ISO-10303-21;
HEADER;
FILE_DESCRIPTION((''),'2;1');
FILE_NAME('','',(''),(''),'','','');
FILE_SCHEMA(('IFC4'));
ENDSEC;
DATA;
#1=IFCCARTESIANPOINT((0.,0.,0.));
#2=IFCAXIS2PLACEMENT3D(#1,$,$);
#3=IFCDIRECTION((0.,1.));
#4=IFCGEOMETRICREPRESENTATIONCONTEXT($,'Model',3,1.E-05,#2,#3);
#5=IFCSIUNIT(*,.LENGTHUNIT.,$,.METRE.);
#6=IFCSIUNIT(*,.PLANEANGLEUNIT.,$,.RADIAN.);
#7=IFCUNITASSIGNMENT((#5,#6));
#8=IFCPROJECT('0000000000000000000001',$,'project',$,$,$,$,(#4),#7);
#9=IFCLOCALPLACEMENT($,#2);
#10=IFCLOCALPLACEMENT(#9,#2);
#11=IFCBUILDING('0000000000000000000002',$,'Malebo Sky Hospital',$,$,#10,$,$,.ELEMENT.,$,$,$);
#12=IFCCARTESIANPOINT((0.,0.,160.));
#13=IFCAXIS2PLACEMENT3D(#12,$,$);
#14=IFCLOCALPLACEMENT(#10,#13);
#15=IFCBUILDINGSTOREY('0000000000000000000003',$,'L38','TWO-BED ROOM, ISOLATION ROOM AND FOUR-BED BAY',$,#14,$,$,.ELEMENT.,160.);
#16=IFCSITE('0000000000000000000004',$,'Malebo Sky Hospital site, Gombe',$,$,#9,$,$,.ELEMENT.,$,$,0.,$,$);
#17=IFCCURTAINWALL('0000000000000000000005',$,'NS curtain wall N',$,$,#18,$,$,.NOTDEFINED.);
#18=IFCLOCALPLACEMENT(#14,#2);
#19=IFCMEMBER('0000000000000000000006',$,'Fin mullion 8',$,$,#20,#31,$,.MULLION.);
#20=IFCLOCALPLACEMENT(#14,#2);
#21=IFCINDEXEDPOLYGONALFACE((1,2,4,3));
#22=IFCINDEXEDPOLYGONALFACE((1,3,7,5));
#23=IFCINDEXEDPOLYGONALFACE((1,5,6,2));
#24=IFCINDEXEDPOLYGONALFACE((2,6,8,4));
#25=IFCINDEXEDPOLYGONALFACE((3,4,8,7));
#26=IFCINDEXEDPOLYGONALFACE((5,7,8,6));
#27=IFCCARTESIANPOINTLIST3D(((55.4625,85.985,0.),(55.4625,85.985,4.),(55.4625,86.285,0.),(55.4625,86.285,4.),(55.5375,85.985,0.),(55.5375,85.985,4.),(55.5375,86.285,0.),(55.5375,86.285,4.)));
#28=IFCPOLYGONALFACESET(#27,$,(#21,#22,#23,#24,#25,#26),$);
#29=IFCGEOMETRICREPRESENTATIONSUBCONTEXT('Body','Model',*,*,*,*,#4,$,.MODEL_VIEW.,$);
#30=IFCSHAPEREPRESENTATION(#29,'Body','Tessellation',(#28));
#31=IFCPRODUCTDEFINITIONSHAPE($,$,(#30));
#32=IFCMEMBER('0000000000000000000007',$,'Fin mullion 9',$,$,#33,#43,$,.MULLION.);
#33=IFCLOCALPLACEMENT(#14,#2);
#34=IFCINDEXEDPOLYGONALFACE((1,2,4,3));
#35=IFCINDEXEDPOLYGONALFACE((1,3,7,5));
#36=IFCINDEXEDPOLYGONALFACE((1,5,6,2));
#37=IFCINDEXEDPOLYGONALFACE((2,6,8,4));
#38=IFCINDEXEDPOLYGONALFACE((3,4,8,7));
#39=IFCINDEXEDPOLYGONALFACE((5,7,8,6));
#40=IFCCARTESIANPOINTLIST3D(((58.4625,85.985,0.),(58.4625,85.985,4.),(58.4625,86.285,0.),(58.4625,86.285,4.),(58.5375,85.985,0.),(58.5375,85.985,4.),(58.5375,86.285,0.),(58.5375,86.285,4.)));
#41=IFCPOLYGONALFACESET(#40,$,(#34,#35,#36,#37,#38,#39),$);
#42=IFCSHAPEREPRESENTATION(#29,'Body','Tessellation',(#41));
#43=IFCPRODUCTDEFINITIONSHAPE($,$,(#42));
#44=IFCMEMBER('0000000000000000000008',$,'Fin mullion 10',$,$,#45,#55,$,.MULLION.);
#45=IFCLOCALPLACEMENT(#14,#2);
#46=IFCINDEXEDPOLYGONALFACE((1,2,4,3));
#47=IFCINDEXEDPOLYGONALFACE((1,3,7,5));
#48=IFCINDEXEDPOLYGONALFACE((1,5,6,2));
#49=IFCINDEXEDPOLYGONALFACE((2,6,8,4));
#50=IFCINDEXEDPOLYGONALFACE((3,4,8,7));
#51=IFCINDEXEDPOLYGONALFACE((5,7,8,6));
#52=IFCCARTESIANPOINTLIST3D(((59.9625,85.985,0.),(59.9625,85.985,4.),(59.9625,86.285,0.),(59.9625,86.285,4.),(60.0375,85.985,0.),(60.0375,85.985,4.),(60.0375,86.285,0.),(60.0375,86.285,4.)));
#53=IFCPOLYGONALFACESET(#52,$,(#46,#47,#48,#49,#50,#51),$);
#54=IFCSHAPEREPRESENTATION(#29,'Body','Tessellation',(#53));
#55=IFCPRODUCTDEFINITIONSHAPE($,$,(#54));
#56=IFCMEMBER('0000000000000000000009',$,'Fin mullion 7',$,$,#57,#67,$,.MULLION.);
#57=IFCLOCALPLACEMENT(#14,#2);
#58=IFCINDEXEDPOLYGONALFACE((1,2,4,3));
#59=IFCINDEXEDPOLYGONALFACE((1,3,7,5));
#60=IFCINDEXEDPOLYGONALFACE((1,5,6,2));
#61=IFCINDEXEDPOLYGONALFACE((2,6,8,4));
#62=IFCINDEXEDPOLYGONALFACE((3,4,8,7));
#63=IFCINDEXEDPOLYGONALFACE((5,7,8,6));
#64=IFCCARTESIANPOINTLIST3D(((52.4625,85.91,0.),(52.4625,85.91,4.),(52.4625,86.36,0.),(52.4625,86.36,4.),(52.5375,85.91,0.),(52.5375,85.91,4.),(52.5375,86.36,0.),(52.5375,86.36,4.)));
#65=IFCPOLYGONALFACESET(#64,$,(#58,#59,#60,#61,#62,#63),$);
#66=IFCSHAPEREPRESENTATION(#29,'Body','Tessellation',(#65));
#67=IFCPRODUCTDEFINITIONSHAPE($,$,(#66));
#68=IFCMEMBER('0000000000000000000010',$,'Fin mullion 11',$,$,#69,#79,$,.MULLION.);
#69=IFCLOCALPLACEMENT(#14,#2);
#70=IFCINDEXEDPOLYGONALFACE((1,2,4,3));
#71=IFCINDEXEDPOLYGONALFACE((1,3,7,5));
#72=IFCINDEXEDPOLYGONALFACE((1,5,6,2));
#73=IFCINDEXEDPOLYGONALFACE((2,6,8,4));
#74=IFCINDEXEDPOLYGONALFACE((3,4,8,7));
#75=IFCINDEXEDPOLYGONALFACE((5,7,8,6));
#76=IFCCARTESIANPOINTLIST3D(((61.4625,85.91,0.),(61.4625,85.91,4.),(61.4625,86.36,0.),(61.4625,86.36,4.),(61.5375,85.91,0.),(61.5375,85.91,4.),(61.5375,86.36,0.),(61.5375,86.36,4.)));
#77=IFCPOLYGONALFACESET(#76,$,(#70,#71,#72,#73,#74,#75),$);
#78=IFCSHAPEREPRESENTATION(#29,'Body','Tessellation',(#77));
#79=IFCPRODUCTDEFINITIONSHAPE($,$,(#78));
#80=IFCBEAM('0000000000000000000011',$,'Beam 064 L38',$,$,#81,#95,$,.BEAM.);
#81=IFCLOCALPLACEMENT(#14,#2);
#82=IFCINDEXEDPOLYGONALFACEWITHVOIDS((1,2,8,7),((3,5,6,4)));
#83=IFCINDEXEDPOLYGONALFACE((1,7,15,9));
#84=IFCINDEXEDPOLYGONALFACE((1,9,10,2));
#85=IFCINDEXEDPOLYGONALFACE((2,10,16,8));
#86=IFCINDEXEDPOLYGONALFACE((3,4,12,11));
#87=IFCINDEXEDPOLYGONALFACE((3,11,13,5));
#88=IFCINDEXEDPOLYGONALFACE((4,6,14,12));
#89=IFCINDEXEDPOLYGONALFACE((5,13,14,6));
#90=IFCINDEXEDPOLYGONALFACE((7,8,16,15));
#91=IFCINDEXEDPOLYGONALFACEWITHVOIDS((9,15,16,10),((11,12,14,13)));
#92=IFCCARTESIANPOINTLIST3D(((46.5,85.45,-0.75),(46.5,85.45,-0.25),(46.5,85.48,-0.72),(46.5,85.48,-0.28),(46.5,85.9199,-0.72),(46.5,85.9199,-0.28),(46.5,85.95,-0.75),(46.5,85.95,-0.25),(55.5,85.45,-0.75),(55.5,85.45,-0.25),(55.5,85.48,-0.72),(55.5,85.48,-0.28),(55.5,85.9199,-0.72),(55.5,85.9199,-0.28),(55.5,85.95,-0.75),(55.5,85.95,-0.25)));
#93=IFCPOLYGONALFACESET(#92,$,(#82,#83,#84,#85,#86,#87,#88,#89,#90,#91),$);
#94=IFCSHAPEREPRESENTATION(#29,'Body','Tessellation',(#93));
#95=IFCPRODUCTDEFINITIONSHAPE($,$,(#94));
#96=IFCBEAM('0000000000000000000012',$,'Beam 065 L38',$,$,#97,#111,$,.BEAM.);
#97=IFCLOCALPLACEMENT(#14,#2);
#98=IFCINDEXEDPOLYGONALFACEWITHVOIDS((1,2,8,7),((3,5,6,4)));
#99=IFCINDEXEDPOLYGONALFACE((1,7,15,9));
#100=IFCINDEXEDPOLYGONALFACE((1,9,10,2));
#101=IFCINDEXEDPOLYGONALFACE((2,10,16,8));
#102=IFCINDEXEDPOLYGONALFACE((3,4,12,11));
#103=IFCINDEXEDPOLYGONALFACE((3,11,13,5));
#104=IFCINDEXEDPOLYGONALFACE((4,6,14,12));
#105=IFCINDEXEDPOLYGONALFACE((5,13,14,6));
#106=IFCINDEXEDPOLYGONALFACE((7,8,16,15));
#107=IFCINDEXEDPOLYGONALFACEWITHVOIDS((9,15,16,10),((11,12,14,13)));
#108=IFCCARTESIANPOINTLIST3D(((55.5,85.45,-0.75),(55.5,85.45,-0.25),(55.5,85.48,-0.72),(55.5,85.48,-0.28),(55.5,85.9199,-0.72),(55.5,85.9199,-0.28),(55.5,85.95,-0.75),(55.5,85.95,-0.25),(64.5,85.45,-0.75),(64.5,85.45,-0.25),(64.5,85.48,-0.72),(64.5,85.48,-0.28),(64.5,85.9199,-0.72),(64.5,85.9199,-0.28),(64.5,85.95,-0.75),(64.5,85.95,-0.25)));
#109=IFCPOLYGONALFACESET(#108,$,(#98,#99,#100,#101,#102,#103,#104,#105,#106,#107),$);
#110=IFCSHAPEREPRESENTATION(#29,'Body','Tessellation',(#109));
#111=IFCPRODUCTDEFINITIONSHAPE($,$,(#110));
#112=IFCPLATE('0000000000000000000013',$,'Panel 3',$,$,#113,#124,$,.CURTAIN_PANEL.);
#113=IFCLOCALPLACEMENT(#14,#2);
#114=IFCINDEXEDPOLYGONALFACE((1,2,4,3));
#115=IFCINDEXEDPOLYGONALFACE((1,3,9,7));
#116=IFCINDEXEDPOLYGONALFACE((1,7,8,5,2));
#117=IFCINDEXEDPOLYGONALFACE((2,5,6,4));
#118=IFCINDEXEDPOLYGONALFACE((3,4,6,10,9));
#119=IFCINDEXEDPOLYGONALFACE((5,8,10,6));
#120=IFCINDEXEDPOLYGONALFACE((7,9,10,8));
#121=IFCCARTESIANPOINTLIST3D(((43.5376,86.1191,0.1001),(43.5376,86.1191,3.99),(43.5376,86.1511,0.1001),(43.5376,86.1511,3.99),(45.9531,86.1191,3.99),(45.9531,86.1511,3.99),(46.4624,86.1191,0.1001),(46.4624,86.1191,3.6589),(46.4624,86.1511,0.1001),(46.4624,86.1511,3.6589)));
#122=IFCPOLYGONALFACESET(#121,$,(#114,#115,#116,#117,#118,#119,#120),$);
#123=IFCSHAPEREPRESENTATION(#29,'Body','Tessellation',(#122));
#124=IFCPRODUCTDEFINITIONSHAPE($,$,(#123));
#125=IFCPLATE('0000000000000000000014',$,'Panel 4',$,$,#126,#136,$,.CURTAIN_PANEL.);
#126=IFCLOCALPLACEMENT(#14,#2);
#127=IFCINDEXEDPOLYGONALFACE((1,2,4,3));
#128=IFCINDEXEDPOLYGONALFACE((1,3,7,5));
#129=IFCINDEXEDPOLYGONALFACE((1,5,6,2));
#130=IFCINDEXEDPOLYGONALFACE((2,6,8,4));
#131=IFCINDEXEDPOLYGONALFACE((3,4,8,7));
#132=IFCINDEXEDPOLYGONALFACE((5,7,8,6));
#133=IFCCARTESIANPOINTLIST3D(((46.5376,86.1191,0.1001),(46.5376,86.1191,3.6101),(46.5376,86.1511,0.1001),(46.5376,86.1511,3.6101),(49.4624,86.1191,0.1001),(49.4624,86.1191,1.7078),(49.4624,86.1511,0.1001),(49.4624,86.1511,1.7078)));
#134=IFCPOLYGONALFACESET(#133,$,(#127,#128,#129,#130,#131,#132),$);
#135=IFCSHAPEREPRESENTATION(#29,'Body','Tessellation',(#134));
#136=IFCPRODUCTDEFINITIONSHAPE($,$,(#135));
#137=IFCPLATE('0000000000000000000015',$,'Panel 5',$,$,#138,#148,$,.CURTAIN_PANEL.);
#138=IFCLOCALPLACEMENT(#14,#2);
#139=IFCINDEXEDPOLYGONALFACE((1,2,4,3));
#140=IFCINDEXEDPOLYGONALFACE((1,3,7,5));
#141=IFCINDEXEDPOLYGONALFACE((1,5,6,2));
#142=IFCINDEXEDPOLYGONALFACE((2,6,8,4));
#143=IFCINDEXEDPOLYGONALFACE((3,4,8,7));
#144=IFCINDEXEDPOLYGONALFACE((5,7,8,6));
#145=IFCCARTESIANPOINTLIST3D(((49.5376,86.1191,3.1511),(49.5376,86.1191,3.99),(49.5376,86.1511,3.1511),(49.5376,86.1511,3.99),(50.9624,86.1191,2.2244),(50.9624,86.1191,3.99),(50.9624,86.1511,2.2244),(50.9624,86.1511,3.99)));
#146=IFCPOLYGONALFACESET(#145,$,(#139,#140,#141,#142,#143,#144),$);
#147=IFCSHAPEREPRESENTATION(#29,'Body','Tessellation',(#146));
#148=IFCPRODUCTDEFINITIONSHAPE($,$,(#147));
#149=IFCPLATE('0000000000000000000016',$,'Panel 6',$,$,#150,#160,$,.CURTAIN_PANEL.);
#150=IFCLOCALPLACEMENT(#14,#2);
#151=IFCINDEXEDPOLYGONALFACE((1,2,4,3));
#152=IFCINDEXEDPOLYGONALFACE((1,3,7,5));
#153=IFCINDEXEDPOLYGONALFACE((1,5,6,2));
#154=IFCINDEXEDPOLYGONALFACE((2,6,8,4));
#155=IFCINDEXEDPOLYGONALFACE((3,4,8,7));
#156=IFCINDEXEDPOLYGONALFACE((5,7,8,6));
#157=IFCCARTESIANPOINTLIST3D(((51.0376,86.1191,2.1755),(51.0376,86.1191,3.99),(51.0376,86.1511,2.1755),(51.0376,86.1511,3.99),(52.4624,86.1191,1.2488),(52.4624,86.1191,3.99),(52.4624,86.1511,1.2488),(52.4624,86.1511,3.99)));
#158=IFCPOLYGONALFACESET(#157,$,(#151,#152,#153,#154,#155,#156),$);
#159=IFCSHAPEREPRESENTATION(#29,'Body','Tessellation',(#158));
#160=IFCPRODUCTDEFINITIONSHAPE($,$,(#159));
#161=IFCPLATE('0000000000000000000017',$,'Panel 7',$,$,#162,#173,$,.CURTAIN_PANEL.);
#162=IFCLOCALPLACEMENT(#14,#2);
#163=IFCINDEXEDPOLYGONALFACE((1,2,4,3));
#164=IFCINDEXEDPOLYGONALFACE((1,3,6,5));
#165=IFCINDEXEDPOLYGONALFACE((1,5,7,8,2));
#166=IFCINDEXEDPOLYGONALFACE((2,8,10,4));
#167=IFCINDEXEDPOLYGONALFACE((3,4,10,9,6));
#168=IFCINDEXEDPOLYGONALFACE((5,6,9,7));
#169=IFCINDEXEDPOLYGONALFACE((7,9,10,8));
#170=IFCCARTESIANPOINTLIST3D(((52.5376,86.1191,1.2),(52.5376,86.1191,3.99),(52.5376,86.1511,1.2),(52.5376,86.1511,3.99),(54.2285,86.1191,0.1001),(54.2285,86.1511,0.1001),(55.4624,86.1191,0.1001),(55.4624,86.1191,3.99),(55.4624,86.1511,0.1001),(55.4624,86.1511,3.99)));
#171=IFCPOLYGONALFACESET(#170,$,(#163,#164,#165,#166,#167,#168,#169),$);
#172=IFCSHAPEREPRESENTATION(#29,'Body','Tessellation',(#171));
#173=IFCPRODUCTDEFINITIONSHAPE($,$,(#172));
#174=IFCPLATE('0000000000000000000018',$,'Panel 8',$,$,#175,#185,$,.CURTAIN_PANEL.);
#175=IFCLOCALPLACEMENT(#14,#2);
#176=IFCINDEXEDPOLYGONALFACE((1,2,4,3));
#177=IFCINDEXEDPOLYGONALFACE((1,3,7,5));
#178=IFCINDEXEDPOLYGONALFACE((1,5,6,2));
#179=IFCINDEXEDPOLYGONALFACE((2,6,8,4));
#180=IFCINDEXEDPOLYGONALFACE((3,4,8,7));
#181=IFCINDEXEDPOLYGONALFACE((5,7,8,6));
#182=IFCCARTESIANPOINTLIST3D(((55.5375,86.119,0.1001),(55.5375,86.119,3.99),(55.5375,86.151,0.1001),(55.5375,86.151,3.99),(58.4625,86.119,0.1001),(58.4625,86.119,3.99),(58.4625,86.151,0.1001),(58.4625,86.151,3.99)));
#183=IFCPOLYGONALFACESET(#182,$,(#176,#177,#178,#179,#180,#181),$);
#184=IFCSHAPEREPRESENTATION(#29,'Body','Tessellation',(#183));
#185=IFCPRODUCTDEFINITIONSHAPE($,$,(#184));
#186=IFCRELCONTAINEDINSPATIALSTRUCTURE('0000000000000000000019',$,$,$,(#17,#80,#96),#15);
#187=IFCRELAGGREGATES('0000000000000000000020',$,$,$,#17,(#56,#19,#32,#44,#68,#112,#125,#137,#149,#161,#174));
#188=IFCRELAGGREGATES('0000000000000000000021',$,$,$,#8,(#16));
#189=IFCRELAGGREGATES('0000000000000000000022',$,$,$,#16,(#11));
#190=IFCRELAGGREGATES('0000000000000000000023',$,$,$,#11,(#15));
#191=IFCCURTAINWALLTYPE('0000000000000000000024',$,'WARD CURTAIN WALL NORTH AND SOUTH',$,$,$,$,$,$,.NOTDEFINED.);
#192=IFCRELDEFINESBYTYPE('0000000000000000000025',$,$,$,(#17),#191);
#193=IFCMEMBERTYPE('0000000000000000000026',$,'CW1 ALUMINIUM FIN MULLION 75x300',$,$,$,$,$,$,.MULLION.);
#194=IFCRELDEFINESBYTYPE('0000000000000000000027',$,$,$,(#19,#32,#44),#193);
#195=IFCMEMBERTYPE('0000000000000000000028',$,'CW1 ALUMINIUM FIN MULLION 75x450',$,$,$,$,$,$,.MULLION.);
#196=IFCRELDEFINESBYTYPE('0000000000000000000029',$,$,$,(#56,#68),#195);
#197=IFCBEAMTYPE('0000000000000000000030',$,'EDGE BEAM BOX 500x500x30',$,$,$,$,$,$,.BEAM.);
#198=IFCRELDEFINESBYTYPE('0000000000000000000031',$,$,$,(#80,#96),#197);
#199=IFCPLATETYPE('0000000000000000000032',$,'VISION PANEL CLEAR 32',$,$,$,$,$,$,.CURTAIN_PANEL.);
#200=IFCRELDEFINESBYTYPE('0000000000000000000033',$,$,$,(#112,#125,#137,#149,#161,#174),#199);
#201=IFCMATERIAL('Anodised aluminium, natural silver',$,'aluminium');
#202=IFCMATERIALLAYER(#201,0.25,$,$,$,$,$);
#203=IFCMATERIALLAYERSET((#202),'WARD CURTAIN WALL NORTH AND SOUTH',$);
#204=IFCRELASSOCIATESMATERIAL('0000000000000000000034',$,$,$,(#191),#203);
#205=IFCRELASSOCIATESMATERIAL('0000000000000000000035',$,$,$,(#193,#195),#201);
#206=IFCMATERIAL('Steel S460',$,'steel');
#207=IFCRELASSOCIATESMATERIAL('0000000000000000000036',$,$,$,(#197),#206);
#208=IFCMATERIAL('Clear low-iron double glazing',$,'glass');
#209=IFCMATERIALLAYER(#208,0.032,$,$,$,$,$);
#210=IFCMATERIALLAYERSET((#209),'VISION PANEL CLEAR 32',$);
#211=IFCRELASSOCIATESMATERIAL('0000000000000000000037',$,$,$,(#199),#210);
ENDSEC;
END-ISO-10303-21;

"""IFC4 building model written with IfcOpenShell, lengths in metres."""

from ifc_helpers import new_model, si_unit, direction, frame, origin, origin_2d, place, context, subcontext, project, spatial, polyline, rectangle, hollow_rectangle, outline, extrude, material, layer, layer_set, material_profile, profile_set, type_object, element, aggregate, save


model = new_model("IFC4")

# Units and contexts
model_context = context("Model", 3, precision=1e-05, world=origin(), true_north=direction((0.0, 1.0)))
body_context = subcontext(model_context, "Body", "Model", "MODEL_VIEW")
ifc_project = project(units=[si_unit("LENGTHUNIT", "METRE"), si_unit("PLANEANGLEUNIT", "RADIAN")], contexts=[model_context])

# Site, building, storey
site_placement = place(None, origin())
site = spatial("IfcSite", under=ifc_project, at=site_placement, Name="Malebo Sky Hospital site, Gombe", CompositionType="ELEMENT", RefElevation=0.0)
building_placement = place(site_placement, origin())
building = spatial("IfcBuilding", under=site, at=building_placement, Name="Malebo Sky Hospital", CompositionType="ELEMENT")
storey_placement = place(building_placement, frame((0.0, 0.0, 160.0)))
storey = spatial("IfcBuildingStorey", under=building, at=storey_placement, Name="L38", Description="TWO-BED ROOM, ISOLATION ROOM AND FOUR-BED BAY", CompositionType="ELEMENT", Elevation=160.0)

# Shared definitions
ifc_material_1 = material(Name="Steel S460", Category="steel")

# Curtain wall
ifc_material_2 = material(Name="Anodised aluminium, natural silver", Category="aluminium")
ifc_layer_1 = layer(ifc_material_2, 0.25)
ifc_layer_set_1 = layer_set([ifc_layer_1], Name="WARD CURTAIN WALL NORTH AND SOUTH")
curtain_wall_type = type_object("IfcCurtainWallType", Name="WARD CURTAIN WALL NORTH AND SOUTH", PredefinedType="NOTDEFINED", material=ifc_layer_set_1)
curtain_wall_placement = place(storey_placement, origin())
curtain_wall = element("IfcCurtainWall", 1, at=curtain_wall_placement, inside=storey, type_object=curtain_wall_type, Name="NS curtain wall N", PredefinedType="NOTDEFINED")

# Members
ifc_material_profile_1 = material_profile(ifc_material_2, rectangle(XDim=0.075, YDim=0.3, at=origin_2d()), Name="CW1 ALUMINIUM FIN MULLION 75x300")
ifc_profile_set_1 = profile_set([ifc_material_profile_1], Name="Anodised aluminium, natural silver")
member_type_1 = type_object("IfcMemberType", Name="CW1 ALUMINIUM FIN MULLION 75x300", PredefinedType="MULLION", material=ifc_profile_set_1)
member_1_placement = place(storey_placement, frame((55.5, 86.135, 0.0), z_axis=(0.0, 0.0, 1.0), x_axis=(1.0, 0.0, 0.0)))
member_1 = element("IfcMember", 2, at=member_1_placement, type_object=member_type_1, Name="Fin mullion 8", PredefinedType="MULLION", context=body_context, shape_type="SweptSolid", body=[
    extrude(rectangle(XDim=0.075, YDim=0.3, at=origin_2d()), origin(), (0.0, 0.0, 1.0), 4.0),
])
member_2_placement = place(storey_placement, frame((58.5, 86.135, 0.0), z_axis=(0.0, 0.0, 1.0), x_axis=(1.0, 0.0, 0.0)))
member_2 = element("IfcMember", 3, at=member_2_placement, type_object=member_type_1, Name="Fin mullion 9", PredefinedType="MULLION", context=body_context, shape_type="SweptSolid", body=[
    extrude(rectangle(XDim=0.075, YDim=0.3, at=origin_2d()), origin(), (0.0, 0.0, 1.0), 4.0),
])
member_3_placement = place(storey_placement, frame((60.0, 86.135, 0.0), z_axis=(0.0, 0.0, 1.0), x_axis=(1.0, 0.0, 0.0)))
member_3 = element("IfcMember", 4, at=member_3_placement, type_object=member_type_1, Name="Fin mullion 10", PredefinedType="MULLION", context=body_context, shape_type="SweptSolid", body=[
    extrude(rectangle(XDim=0.075, YDim=0.3, at=origin_2d()), origin(), (0.0, 0.0, 1.0), 4.0),
])
ifc_material_profile_2 = material_profile(ifc_material_2, rectangle(XDim=0.075, YDim=0.45, at=origin_2d()), Name="CW1 ALUMINIUM FIN MULLION 75x450")
ifc_profile_set_2 = profile_set([ifc_material_profile_2], Name="Anodised aluminium, natural silver")
member_type_2 = type_object("IfcMemberType", Name="CW1 ALUMINIUM FIN MULLION 75x450", PredefinedType="MULLION", material=ifc_profile_set_2)
member_4_placement = place(storey_placement, frame((52.5, 86.135, 0.0), z_axis=(0.0, 0.0, 1.0), x_axis=(1.0, 0.0, 0.0)))
member_4 = element("IfcMember", 5, at=member_4_placement, type_object=member_type_2, Name="Fin mullion 7", PredefinedType="MULLION", context=body_context, shape_type="SweptSolid", body=[
    extrude(rectangle(XDim=0.075, YDim=0.45, at=origin_2d()), origin(), (0.0, 0.0, 1.0), 4.0),
])
member_5_placement = place(storey_placement, frame((61.5, 86.135, 0.0), z_axis=(0.0, 0.0, 1.0), x_axis=(1.0, 0.0, 0.0)))
member_5 = element("IfcMember", 6, at=member_5_placement, type_object=member_type_2, Name="Fin mullion 11", PredefinedType="MULLION", context=body_context, shape_type="SweptSolid", body=[
    extrude(rectangle(XDim=0.075, YDim=0.45, at=origin_2d()), origin(), (0.0, 0.0, 1.0), 4.0),
])

# Beams
ifc_material_profile_3 = material_profile(ifc_material_1, hollow_rectangle(XDim=0.5, YDim=0.5, WallThickness=0.03, at=origin_2d()), Name="BOX 500x500x30")
ifc_profile_set_3 = profile_set([ifc_material_profile_3], Name="Steel S460")
beam_type = type_object("IfcBeamType", Name="EDGE BEAM BOX 500x500x30", PredefinedType="BEAM", material=ifc_profile_set_3)
for number, where, z_axis, x_axis, name in (
    (7, (46.5, 85.7, -0.5), (1.0, 0.0, 0.0), (0.0, 1.0, 0.0), "Beam 064 L38"),
    (8, (55.5, 85.7, -0.5), (1.0, 0.0, 0.0), (0.0, 1.0, 0.0), "Beam 065 L38"),
):
    element("IfcBeam", number, at=place(storey_placement, frame(where, z_axis=z_axis, x_axis=x_axis)), inside=storey, type_object=beam_type, Name=name, PredefinedType="BEAM", context=body_context, shape_type="SweptSolid", body=[
        extrude(hollow_rectangle(XDim=0.5, YDim=0.5, WallThickness=0.03, at=origin_2d()), origin(), (0.0, 0.0, 1.0), 9.0),
    ])

# Plates
ifc_material_3 = material(Name="Clear low-iron double glazing", Category="glass")
ifc_layer_2 = layer(ifc_material_3, 0.032)
ifc_layer_set_2 = layer_set([ifc_layer_2], Name="VISION PANEL CLEAR 32")
plate_type = type_object("IfcPlateType", Name="VISION PANEL CLEAR 32", PredefinedType="CURTAIN_PANEL", material=ifc_layer_set_2)
plate_1_placement = place(storey_placement, frame((45.0, 86.135, 0.1001), z_axis=(0.0, 0.0, 1.0), x_axis=(1.0, 0.0, 0.0)))
plate_1 = element("IfcPlate", 9, at=plate_1_placement, type_object=plate_type, Name="Panel 3", PredefinedType="CURTAIN_PANEL", context=body_context, shape_type="SweptSolid", body=[
    extrude(outline(polyline([(-1.4624, 0.0), (1.4624, 0.0), (1.4624, 3.5588), (0.9531, 3.8899), (-1.4624, 3.8899), (-1.4624, 0.0)])), frame((0.0, 0.0161, 0.0), z_axis=(0.0, -1.0, 0.0), x_axis=(1.0, 0.0, 0.0)), (0.0, 0.0, 1.0), 0.032),
])
plate_2_placement = place(storey_placement, frame((48.0, 86.135, 0.1001), z_axis=(0.0, 0.0, 1.0), x_axis=(1.0, 0.0, 0.0)))
plate_2 = element("IfcPlate", 10, at=plate_2_placement, type_object=plate_type, Name="Panel 4", PredefinedType="CURTAIN_PANEL", context=body_context, shape_type="SweptSolid", body=[
    extrude(outline(polyline([(-1.4624, 0.0), (1.4624, 0.0), (1.4624, 1.6077), (-1.4624, 3.51), (-1.4624, 0.0)])), frame((0.0, 0.0161, 0.0), z_axis=(0.0, -1.0, 0.0), x_axis=(1.0, 0.0, 0.0)), (0.0, 0.0, 1.0), 0.032),
])
plate_3_placement = place(storey_placement, frame((50.25, 86.135, 2.2244), z_axis=(0.0, 0.0, 1.0), x_axis=(1.0, 0.0, 0.0)))
plate_3 = element("IfcPlate", 11, at=plate_3_placement, type_object=plate_type, Name="Panel 5", PredefinedType="CURTAIN_PANEL", context=body_context, shape_type="SweptSolid", body=[
    extrude(outline(polyline([(0.7124, 0.0), (0.7124, 1.7656), (-0.7124, 1.7656), (-0.7124, 0.9268), (0.7124, 0.0)])), frame((0.0, 0.0161, 0.0), z_axis=(0.0, -1.0, 0.0), x_axis=(1.0, 0.0, 0.0)), (0.0, 0.0, 1.0), 0.032),
])
plate_4_placement = place(storey_placement, frame((51.75, 86.135, 1.2488), z_axis=(0.0, 0.0, 1.0), x_axis=(1.0, 0.0, 0.0)))
plate_4 = element("IfcPlate", 12, at=plate_4_placement, type_object=plate_type, Name="Panel 6", PredefinedType="CURTAIN_PANEL", context=body_context, shape_type="SweptSolid", body=[
    extrude(outline(polyline([(0.7124, 0.0), (0.7124, 2.7412), (-0.7124, 2.7412), (-0.7124, 0.9268), (0.7124, 0.0)])), frame((0.0, 0.0161, 0.0), z_axis=(0.0, -1.0, 0.0), x_axis=(1.0, 0.0, 0.0)), (0.0, 0.0, 1.0), 0.032),
])
plate_5_placement = place(storey_placement, frame((54.0, 86.135, 0.1001), z_axis=(0.0, 0.0, 1.0), x_axis=(1.0, 0.0, 0.0)))
plate_5 = element("IfcPlate", 13, at=plate_5_placement, type_object=plate_type, Name="Panel 7", PredefinedType="CURTAIN_PANEL", context=body_context, shape_type="SweptSolid", body=[
    extrude(outline(polyline([(0.2285, 0.0), (1.4624, 0.0), (1.4624, 3.8899), (-1.4624, 3.8899), (-1.4624, 1.0999), (0.2285, 0.0)])), frame((0.0, 0.0161, 0.0), z_axis=(0.0, -1.0, 0.0), x_axis=(1.0, 0.0, 0.0)), (0.0, 0.0, 1.0), 0.032),
])
plate_6_placement = place(storey_placement, frame((57.0, 86.135, 0.1001), z_axis=(0.0, 0.0, 1.0), x_axis=(1.0, 0.0, 0.0)))
plate_6 = element("IfcPlate", 14, at=plate_6_placement, type_object=plate_type, Name="Panel 8", PredefinedType="CURTAIN_PANEL", context=body_context, shape_type="SweptSolid", body=[
    extrude(rectangle(XDim=2.925, YDim=0.032, at=origin_2d()), origin(), (0.0, 0.0, 1.0), 3.8899),
])
aggregate(curtain_wall, [member_4, member_1, member_2, member_3, member_5, plate_1, plate_2, plate_3, plate_4, plate_5, plate_6])

save(model, "model.ifc")
